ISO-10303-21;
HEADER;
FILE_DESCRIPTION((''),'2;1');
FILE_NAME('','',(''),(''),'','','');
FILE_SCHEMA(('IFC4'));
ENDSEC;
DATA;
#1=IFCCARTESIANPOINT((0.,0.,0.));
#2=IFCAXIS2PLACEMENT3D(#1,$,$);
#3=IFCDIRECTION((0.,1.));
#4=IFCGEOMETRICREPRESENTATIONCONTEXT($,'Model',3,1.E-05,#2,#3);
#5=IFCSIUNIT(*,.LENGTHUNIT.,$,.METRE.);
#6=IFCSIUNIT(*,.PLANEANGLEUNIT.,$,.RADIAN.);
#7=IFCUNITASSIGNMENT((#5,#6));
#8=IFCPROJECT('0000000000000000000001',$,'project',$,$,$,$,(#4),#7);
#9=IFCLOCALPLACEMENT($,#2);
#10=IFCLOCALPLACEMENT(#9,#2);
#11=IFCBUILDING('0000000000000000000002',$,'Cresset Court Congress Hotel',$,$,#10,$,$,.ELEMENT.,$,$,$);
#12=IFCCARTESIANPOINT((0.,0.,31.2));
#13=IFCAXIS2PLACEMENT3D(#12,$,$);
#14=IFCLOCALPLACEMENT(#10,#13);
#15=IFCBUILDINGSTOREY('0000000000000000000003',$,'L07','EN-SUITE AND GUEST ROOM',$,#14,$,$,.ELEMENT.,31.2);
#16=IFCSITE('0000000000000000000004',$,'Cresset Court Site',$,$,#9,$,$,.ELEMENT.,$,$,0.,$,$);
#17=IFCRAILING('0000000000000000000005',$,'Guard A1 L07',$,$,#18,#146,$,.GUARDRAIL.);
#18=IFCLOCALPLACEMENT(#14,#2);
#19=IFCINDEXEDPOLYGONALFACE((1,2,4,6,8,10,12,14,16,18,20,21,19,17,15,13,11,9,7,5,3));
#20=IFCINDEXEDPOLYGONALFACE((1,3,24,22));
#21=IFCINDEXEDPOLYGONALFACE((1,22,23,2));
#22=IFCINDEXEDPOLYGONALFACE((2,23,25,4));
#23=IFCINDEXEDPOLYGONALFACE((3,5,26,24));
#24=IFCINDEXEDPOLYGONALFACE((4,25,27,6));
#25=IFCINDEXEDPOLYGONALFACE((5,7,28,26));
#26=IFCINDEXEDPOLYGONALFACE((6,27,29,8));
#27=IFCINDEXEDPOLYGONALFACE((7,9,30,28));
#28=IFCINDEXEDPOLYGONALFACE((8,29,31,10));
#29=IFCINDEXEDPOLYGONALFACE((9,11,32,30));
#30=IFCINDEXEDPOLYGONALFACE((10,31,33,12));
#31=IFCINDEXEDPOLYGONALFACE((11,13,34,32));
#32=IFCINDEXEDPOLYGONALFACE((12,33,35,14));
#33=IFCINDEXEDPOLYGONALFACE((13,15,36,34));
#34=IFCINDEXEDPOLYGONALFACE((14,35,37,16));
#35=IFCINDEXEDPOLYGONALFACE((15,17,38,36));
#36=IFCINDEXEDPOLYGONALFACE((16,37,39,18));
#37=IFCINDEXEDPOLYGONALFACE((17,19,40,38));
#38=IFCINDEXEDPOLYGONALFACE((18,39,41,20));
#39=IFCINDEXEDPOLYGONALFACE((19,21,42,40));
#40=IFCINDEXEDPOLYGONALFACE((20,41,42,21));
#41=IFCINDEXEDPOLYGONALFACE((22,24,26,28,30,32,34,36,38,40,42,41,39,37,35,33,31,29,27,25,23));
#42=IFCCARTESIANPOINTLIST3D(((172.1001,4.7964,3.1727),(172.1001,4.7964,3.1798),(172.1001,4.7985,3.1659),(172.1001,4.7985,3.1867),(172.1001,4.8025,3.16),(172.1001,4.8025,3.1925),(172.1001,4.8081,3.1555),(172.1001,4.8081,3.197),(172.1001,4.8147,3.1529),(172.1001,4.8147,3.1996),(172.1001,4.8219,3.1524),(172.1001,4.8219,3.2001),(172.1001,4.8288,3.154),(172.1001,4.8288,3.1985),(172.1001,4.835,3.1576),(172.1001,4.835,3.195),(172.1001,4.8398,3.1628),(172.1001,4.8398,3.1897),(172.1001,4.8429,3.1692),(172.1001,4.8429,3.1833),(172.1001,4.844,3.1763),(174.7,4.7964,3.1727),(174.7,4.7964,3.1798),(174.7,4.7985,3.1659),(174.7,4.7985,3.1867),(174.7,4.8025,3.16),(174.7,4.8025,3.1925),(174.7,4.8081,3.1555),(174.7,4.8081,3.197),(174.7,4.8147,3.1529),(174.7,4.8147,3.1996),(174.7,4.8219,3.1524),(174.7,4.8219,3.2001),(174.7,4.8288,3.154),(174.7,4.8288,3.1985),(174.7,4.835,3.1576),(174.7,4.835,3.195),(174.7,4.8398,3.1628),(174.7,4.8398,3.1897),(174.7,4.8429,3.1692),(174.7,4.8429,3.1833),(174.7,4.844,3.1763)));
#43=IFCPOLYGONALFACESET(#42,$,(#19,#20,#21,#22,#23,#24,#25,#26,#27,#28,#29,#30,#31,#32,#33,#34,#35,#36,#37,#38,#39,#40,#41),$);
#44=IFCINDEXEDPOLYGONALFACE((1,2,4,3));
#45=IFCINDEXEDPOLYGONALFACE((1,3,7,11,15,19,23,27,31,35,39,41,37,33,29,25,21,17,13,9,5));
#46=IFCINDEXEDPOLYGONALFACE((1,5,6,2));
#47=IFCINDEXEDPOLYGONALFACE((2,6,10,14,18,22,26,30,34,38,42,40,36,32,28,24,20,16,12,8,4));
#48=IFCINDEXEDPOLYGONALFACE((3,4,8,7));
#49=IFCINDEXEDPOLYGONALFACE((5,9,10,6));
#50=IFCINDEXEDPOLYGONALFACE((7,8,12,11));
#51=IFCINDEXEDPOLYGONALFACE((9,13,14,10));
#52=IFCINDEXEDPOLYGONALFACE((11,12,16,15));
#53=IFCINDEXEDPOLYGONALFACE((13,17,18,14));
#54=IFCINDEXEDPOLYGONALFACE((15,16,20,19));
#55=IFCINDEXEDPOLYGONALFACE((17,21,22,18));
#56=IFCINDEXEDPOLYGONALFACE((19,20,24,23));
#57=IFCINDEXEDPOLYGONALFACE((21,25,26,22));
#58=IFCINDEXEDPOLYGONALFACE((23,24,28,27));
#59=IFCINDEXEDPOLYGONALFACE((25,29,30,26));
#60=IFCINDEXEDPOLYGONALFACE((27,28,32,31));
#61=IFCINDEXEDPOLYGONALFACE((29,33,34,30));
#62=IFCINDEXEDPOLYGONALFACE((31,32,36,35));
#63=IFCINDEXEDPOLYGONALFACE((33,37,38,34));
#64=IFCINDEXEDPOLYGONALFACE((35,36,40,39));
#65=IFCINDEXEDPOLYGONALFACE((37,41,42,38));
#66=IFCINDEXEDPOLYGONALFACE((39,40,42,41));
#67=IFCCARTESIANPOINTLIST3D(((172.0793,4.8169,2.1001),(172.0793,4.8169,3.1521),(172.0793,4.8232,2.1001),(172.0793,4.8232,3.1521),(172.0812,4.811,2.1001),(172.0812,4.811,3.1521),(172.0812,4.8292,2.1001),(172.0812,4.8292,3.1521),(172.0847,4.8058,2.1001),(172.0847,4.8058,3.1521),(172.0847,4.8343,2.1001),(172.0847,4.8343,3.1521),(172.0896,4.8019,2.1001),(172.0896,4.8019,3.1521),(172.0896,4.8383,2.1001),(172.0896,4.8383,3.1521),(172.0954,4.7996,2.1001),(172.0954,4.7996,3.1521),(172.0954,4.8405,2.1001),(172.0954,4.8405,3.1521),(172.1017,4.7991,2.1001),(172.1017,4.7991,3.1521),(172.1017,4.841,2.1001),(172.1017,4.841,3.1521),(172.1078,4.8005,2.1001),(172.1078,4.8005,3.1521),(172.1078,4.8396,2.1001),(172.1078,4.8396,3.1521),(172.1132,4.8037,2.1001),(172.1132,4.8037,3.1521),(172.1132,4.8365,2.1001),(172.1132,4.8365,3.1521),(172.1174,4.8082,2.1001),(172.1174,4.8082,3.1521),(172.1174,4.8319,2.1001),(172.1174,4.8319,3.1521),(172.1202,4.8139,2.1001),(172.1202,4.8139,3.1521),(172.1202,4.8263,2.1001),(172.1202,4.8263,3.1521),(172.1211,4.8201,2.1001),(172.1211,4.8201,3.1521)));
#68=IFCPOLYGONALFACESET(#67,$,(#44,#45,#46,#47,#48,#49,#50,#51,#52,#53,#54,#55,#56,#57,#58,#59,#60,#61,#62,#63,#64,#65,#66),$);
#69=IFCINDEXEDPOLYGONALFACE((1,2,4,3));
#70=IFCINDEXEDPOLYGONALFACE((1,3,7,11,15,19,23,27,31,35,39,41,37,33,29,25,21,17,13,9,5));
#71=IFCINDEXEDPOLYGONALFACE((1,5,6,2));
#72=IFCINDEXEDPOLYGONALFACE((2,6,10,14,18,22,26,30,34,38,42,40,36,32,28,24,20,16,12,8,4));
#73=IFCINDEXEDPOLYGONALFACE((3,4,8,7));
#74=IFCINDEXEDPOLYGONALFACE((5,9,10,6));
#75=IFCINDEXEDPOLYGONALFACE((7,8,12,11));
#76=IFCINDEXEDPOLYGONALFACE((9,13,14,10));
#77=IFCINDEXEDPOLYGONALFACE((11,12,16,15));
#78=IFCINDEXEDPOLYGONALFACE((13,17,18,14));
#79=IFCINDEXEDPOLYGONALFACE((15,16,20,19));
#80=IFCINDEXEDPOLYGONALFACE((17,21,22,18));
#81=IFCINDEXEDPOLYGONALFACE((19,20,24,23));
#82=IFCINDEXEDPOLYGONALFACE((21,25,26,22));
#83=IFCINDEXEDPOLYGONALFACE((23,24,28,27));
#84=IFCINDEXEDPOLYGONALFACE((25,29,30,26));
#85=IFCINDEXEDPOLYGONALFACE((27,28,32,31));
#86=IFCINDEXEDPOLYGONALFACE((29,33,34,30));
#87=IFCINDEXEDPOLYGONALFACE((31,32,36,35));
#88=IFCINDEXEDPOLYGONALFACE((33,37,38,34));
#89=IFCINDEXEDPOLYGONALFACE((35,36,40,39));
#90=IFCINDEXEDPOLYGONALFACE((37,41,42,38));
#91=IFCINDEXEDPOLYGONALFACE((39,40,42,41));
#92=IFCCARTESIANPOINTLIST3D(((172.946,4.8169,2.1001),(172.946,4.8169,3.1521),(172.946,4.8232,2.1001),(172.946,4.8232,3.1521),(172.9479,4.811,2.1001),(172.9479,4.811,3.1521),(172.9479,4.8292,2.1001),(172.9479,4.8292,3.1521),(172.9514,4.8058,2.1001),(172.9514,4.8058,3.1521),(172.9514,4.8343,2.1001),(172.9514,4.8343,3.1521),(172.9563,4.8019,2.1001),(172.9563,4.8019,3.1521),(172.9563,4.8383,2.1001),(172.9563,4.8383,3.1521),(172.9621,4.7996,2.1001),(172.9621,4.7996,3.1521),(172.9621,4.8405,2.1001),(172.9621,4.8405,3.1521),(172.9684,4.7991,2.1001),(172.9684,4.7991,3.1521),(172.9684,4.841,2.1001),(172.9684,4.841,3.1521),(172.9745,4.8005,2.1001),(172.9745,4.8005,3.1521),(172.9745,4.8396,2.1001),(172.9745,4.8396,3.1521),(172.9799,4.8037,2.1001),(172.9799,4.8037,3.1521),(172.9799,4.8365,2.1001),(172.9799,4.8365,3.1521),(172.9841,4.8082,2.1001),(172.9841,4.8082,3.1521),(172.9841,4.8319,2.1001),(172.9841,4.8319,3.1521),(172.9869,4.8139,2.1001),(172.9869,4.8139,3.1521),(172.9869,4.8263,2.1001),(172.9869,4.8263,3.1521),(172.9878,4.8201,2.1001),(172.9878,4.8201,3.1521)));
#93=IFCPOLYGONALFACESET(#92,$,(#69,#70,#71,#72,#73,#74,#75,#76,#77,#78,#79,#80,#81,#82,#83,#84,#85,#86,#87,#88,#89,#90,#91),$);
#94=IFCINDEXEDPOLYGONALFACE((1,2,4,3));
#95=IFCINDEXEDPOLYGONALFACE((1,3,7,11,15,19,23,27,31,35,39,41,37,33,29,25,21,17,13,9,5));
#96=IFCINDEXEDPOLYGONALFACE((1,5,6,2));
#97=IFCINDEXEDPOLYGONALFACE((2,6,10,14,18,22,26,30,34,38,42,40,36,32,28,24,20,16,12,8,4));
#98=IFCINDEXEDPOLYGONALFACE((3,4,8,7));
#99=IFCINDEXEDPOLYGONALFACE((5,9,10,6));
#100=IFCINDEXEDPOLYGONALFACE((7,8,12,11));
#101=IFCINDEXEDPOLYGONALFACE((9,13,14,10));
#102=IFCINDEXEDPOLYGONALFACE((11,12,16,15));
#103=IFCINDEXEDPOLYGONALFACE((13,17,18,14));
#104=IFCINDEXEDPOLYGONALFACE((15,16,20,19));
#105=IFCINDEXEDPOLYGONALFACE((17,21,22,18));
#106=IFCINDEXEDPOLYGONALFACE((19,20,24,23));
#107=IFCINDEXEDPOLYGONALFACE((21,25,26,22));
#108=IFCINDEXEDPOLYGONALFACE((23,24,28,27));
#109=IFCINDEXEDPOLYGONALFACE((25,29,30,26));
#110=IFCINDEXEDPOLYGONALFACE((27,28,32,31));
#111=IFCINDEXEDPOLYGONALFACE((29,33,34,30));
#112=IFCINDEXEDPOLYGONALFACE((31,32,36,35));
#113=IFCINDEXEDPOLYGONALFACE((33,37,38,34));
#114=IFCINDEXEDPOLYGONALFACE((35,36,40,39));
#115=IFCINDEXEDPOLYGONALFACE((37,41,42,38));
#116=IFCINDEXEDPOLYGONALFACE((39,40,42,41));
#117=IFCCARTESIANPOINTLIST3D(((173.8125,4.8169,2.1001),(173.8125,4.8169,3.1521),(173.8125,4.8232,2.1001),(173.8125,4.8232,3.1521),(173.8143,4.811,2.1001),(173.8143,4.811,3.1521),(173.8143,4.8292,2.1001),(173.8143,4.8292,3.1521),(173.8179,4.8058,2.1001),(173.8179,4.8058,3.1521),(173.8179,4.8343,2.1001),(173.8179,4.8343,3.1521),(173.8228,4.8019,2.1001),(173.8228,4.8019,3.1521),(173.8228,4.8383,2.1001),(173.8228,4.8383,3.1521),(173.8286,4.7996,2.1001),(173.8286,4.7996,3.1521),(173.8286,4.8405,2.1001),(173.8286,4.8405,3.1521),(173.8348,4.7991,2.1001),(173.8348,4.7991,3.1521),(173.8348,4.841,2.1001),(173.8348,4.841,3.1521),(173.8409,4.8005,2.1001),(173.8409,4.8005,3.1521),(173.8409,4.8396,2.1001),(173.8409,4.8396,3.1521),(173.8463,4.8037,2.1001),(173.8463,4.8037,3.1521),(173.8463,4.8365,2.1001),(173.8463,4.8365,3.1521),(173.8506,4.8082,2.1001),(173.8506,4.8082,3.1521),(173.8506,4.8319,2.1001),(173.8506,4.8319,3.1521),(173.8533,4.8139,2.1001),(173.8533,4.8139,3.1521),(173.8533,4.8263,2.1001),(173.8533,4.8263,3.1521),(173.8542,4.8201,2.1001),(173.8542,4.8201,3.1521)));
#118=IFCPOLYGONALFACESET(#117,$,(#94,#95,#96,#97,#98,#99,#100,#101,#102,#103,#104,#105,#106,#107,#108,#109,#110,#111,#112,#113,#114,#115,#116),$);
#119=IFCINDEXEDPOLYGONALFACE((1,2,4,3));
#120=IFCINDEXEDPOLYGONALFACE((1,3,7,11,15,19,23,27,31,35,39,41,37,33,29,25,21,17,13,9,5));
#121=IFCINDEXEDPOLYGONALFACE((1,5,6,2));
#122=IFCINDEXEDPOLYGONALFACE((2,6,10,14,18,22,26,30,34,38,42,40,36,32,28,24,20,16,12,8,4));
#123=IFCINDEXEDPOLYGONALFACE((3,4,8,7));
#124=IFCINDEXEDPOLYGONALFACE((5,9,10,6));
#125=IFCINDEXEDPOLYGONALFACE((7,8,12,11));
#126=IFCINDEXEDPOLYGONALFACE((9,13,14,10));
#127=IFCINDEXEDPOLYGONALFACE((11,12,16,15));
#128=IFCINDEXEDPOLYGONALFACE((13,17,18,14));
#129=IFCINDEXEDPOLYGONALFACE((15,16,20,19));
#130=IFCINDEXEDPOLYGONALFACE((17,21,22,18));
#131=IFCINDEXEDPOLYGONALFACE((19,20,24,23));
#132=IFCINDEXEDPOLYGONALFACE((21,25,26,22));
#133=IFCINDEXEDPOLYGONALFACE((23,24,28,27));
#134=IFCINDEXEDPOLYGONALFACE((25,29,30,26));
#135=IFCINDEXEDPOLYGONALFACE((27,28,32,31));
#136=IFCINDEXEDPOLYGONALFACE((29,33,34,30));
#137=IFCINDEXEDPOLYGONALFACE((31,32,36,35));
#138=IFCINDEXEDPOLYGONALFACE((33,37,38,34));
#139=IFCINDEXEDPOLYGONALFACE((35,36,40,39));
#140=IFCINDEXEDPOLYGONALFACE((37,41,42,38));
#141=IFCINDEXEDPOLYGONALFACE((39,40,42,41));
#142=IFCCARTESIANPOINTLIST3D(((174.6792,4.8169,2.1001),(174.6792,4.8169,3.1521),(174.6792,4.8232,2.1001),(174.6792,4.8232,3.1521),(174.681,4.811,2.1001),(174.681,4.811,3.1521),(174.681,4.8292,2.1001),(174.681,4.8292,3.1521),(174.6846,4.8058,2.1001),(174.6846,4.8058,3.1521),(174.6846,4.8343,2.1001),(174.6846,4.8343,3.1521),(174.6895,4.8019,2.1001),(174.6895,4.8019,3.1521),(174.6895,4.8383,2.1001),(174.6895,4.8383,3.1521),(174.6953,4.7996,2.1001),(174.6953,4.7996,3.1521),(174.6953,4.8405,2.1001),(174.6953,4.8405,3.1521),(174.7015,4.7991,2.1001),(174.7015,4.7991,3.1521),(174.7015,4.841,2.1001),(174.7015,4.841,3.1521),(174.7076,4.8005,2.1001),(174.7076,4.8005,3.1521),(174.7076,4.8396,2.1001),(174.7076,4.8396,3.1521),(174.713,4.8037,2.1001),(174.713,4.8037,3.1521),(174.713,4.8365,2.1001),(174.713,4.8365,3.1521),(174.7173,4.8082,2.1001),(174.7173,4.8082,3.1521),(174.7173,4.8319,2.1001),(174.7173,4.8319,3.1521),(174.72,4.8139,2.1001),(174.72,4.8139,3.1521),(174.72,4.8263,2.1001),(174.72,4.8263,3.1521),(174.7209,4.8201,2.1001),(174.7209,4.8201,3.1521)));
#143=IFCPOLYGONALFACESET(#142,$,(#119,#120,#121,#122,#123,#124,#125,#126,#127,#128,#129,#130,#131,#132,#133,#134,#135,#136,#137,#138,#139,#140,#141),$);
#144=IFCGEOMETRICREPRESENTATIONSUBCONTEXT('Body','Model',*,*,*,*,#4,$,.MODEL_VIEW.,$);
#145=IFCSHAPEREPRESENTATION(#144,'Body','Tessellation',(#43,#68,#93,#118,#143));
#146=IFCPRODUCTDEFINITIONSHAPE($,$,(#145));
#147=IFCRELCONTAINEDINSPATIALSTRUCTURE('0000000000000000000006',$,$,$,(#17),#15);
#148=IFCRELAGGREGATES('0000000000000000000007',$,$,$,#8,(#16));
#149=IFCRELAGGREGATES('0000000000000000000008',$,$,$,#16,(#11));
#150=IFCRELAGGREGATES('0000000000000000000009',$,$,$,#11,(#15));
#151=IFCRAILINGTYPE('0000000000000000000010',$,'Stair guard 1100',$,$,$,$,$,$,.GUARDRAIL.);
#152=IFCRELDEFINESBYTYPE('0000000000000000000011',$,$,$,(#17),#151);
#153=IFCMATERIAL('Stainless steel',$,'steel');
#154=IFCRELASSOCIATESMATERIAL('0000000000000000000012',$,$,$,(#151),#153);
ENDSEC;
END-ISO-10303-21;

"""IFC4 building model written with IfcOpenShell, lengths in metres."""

from ifc_helpers import new_model, si_unit, direction, frame, origin, origin_2d, place, context, subcontext, project, spatial, circle, extrude, material, type_object, element, save


model = new_model("IFC4")

# Units and contexts
model_context = context("Model", 3, precision=1e-05, world=origin(), true_north=direction((0.0, 1.0)))
body_context = subcontext(model_context, "Body", "Model", "MODEL_VIEW")
ifc_project = project(units=[si_unit("LENGTHUNIT", "METRE"), si_unit("PLANEANGLEUNIT", "RADIAN")], contexts=[model_context])

# Site, building, storey
site_placement = place(None, origin())
site = spatial("IfcSite", under=ifc_project, at=site_placement, Name="Cresset Court Site", CompositionType="ELEMENT", RefElevation=0.0)
building_placement = place(site_placement, origin())
building = spatial("IfcBuilding", under=site, at=building_placement, Name="Cresset Court Congress Hotel", CompositionType="ELEMENT")
storey_placement = place(building_placement, frame((0.0, 0.0, 31.2)))
storey = spatial("IfcBuildingStorey", under=building, at=storey_placement, Name="L07", Description="EN-SUITE AND GUEST ROOM", CompositionType="ELEMENT", Elevation=31.2)

# Railing
ifc_material_1 = material(Name="Stainless steel", Category="steel")
railing_type_1 = type_object("IfcRailingType", Name="Stair guard 1100", PredefinedType="GUARDRAIL", material=ifc_material_1)
railing_1_placement = place(storey_placement, frame((172.1001, 4.8201, 2.1001)))
element("IfcRailing", 1, at=railing_1_placement, inside=storey, type_object=railing_type_1, Name="Guard A1 L07", PredefinedType="GUARDRAIL", context=body_context, shape_type="SweptSolid", body=[
    extrude(circle(Radius=0.0239, at=origin_2d()), frame((0.0, 0.0, 1.0762), z_axis=(1.0, 0.0, 0.0), x_axis=(0.0, 1.0, 0.0)), (0.0, 0.0, 1.0), 2.5999),
    extrude(circle(Radius=0.021, at=origin_2d()), origin(), (0.0, 0.0, 1.0), 1.052),
    extrude(circle(Radius=0.021, at=origin_2d()), frame((0.8667, 0.0, 0.0)), (0.0, 0.0, 1.0), 1.052),
    extrude(circle(Radius=0.021, at=origin_2d()), frame((1.7332, 0.0, 0.0)), (0.0, 0.0, 1.0), 1.052),
    extrude(circle(Radius=0.021, at=origin_2d()), frame((2.5999, 0.0, 0.0)), (0.0, 0.0, 1.0), 1.052),
])

save(model, "model.ifc")
